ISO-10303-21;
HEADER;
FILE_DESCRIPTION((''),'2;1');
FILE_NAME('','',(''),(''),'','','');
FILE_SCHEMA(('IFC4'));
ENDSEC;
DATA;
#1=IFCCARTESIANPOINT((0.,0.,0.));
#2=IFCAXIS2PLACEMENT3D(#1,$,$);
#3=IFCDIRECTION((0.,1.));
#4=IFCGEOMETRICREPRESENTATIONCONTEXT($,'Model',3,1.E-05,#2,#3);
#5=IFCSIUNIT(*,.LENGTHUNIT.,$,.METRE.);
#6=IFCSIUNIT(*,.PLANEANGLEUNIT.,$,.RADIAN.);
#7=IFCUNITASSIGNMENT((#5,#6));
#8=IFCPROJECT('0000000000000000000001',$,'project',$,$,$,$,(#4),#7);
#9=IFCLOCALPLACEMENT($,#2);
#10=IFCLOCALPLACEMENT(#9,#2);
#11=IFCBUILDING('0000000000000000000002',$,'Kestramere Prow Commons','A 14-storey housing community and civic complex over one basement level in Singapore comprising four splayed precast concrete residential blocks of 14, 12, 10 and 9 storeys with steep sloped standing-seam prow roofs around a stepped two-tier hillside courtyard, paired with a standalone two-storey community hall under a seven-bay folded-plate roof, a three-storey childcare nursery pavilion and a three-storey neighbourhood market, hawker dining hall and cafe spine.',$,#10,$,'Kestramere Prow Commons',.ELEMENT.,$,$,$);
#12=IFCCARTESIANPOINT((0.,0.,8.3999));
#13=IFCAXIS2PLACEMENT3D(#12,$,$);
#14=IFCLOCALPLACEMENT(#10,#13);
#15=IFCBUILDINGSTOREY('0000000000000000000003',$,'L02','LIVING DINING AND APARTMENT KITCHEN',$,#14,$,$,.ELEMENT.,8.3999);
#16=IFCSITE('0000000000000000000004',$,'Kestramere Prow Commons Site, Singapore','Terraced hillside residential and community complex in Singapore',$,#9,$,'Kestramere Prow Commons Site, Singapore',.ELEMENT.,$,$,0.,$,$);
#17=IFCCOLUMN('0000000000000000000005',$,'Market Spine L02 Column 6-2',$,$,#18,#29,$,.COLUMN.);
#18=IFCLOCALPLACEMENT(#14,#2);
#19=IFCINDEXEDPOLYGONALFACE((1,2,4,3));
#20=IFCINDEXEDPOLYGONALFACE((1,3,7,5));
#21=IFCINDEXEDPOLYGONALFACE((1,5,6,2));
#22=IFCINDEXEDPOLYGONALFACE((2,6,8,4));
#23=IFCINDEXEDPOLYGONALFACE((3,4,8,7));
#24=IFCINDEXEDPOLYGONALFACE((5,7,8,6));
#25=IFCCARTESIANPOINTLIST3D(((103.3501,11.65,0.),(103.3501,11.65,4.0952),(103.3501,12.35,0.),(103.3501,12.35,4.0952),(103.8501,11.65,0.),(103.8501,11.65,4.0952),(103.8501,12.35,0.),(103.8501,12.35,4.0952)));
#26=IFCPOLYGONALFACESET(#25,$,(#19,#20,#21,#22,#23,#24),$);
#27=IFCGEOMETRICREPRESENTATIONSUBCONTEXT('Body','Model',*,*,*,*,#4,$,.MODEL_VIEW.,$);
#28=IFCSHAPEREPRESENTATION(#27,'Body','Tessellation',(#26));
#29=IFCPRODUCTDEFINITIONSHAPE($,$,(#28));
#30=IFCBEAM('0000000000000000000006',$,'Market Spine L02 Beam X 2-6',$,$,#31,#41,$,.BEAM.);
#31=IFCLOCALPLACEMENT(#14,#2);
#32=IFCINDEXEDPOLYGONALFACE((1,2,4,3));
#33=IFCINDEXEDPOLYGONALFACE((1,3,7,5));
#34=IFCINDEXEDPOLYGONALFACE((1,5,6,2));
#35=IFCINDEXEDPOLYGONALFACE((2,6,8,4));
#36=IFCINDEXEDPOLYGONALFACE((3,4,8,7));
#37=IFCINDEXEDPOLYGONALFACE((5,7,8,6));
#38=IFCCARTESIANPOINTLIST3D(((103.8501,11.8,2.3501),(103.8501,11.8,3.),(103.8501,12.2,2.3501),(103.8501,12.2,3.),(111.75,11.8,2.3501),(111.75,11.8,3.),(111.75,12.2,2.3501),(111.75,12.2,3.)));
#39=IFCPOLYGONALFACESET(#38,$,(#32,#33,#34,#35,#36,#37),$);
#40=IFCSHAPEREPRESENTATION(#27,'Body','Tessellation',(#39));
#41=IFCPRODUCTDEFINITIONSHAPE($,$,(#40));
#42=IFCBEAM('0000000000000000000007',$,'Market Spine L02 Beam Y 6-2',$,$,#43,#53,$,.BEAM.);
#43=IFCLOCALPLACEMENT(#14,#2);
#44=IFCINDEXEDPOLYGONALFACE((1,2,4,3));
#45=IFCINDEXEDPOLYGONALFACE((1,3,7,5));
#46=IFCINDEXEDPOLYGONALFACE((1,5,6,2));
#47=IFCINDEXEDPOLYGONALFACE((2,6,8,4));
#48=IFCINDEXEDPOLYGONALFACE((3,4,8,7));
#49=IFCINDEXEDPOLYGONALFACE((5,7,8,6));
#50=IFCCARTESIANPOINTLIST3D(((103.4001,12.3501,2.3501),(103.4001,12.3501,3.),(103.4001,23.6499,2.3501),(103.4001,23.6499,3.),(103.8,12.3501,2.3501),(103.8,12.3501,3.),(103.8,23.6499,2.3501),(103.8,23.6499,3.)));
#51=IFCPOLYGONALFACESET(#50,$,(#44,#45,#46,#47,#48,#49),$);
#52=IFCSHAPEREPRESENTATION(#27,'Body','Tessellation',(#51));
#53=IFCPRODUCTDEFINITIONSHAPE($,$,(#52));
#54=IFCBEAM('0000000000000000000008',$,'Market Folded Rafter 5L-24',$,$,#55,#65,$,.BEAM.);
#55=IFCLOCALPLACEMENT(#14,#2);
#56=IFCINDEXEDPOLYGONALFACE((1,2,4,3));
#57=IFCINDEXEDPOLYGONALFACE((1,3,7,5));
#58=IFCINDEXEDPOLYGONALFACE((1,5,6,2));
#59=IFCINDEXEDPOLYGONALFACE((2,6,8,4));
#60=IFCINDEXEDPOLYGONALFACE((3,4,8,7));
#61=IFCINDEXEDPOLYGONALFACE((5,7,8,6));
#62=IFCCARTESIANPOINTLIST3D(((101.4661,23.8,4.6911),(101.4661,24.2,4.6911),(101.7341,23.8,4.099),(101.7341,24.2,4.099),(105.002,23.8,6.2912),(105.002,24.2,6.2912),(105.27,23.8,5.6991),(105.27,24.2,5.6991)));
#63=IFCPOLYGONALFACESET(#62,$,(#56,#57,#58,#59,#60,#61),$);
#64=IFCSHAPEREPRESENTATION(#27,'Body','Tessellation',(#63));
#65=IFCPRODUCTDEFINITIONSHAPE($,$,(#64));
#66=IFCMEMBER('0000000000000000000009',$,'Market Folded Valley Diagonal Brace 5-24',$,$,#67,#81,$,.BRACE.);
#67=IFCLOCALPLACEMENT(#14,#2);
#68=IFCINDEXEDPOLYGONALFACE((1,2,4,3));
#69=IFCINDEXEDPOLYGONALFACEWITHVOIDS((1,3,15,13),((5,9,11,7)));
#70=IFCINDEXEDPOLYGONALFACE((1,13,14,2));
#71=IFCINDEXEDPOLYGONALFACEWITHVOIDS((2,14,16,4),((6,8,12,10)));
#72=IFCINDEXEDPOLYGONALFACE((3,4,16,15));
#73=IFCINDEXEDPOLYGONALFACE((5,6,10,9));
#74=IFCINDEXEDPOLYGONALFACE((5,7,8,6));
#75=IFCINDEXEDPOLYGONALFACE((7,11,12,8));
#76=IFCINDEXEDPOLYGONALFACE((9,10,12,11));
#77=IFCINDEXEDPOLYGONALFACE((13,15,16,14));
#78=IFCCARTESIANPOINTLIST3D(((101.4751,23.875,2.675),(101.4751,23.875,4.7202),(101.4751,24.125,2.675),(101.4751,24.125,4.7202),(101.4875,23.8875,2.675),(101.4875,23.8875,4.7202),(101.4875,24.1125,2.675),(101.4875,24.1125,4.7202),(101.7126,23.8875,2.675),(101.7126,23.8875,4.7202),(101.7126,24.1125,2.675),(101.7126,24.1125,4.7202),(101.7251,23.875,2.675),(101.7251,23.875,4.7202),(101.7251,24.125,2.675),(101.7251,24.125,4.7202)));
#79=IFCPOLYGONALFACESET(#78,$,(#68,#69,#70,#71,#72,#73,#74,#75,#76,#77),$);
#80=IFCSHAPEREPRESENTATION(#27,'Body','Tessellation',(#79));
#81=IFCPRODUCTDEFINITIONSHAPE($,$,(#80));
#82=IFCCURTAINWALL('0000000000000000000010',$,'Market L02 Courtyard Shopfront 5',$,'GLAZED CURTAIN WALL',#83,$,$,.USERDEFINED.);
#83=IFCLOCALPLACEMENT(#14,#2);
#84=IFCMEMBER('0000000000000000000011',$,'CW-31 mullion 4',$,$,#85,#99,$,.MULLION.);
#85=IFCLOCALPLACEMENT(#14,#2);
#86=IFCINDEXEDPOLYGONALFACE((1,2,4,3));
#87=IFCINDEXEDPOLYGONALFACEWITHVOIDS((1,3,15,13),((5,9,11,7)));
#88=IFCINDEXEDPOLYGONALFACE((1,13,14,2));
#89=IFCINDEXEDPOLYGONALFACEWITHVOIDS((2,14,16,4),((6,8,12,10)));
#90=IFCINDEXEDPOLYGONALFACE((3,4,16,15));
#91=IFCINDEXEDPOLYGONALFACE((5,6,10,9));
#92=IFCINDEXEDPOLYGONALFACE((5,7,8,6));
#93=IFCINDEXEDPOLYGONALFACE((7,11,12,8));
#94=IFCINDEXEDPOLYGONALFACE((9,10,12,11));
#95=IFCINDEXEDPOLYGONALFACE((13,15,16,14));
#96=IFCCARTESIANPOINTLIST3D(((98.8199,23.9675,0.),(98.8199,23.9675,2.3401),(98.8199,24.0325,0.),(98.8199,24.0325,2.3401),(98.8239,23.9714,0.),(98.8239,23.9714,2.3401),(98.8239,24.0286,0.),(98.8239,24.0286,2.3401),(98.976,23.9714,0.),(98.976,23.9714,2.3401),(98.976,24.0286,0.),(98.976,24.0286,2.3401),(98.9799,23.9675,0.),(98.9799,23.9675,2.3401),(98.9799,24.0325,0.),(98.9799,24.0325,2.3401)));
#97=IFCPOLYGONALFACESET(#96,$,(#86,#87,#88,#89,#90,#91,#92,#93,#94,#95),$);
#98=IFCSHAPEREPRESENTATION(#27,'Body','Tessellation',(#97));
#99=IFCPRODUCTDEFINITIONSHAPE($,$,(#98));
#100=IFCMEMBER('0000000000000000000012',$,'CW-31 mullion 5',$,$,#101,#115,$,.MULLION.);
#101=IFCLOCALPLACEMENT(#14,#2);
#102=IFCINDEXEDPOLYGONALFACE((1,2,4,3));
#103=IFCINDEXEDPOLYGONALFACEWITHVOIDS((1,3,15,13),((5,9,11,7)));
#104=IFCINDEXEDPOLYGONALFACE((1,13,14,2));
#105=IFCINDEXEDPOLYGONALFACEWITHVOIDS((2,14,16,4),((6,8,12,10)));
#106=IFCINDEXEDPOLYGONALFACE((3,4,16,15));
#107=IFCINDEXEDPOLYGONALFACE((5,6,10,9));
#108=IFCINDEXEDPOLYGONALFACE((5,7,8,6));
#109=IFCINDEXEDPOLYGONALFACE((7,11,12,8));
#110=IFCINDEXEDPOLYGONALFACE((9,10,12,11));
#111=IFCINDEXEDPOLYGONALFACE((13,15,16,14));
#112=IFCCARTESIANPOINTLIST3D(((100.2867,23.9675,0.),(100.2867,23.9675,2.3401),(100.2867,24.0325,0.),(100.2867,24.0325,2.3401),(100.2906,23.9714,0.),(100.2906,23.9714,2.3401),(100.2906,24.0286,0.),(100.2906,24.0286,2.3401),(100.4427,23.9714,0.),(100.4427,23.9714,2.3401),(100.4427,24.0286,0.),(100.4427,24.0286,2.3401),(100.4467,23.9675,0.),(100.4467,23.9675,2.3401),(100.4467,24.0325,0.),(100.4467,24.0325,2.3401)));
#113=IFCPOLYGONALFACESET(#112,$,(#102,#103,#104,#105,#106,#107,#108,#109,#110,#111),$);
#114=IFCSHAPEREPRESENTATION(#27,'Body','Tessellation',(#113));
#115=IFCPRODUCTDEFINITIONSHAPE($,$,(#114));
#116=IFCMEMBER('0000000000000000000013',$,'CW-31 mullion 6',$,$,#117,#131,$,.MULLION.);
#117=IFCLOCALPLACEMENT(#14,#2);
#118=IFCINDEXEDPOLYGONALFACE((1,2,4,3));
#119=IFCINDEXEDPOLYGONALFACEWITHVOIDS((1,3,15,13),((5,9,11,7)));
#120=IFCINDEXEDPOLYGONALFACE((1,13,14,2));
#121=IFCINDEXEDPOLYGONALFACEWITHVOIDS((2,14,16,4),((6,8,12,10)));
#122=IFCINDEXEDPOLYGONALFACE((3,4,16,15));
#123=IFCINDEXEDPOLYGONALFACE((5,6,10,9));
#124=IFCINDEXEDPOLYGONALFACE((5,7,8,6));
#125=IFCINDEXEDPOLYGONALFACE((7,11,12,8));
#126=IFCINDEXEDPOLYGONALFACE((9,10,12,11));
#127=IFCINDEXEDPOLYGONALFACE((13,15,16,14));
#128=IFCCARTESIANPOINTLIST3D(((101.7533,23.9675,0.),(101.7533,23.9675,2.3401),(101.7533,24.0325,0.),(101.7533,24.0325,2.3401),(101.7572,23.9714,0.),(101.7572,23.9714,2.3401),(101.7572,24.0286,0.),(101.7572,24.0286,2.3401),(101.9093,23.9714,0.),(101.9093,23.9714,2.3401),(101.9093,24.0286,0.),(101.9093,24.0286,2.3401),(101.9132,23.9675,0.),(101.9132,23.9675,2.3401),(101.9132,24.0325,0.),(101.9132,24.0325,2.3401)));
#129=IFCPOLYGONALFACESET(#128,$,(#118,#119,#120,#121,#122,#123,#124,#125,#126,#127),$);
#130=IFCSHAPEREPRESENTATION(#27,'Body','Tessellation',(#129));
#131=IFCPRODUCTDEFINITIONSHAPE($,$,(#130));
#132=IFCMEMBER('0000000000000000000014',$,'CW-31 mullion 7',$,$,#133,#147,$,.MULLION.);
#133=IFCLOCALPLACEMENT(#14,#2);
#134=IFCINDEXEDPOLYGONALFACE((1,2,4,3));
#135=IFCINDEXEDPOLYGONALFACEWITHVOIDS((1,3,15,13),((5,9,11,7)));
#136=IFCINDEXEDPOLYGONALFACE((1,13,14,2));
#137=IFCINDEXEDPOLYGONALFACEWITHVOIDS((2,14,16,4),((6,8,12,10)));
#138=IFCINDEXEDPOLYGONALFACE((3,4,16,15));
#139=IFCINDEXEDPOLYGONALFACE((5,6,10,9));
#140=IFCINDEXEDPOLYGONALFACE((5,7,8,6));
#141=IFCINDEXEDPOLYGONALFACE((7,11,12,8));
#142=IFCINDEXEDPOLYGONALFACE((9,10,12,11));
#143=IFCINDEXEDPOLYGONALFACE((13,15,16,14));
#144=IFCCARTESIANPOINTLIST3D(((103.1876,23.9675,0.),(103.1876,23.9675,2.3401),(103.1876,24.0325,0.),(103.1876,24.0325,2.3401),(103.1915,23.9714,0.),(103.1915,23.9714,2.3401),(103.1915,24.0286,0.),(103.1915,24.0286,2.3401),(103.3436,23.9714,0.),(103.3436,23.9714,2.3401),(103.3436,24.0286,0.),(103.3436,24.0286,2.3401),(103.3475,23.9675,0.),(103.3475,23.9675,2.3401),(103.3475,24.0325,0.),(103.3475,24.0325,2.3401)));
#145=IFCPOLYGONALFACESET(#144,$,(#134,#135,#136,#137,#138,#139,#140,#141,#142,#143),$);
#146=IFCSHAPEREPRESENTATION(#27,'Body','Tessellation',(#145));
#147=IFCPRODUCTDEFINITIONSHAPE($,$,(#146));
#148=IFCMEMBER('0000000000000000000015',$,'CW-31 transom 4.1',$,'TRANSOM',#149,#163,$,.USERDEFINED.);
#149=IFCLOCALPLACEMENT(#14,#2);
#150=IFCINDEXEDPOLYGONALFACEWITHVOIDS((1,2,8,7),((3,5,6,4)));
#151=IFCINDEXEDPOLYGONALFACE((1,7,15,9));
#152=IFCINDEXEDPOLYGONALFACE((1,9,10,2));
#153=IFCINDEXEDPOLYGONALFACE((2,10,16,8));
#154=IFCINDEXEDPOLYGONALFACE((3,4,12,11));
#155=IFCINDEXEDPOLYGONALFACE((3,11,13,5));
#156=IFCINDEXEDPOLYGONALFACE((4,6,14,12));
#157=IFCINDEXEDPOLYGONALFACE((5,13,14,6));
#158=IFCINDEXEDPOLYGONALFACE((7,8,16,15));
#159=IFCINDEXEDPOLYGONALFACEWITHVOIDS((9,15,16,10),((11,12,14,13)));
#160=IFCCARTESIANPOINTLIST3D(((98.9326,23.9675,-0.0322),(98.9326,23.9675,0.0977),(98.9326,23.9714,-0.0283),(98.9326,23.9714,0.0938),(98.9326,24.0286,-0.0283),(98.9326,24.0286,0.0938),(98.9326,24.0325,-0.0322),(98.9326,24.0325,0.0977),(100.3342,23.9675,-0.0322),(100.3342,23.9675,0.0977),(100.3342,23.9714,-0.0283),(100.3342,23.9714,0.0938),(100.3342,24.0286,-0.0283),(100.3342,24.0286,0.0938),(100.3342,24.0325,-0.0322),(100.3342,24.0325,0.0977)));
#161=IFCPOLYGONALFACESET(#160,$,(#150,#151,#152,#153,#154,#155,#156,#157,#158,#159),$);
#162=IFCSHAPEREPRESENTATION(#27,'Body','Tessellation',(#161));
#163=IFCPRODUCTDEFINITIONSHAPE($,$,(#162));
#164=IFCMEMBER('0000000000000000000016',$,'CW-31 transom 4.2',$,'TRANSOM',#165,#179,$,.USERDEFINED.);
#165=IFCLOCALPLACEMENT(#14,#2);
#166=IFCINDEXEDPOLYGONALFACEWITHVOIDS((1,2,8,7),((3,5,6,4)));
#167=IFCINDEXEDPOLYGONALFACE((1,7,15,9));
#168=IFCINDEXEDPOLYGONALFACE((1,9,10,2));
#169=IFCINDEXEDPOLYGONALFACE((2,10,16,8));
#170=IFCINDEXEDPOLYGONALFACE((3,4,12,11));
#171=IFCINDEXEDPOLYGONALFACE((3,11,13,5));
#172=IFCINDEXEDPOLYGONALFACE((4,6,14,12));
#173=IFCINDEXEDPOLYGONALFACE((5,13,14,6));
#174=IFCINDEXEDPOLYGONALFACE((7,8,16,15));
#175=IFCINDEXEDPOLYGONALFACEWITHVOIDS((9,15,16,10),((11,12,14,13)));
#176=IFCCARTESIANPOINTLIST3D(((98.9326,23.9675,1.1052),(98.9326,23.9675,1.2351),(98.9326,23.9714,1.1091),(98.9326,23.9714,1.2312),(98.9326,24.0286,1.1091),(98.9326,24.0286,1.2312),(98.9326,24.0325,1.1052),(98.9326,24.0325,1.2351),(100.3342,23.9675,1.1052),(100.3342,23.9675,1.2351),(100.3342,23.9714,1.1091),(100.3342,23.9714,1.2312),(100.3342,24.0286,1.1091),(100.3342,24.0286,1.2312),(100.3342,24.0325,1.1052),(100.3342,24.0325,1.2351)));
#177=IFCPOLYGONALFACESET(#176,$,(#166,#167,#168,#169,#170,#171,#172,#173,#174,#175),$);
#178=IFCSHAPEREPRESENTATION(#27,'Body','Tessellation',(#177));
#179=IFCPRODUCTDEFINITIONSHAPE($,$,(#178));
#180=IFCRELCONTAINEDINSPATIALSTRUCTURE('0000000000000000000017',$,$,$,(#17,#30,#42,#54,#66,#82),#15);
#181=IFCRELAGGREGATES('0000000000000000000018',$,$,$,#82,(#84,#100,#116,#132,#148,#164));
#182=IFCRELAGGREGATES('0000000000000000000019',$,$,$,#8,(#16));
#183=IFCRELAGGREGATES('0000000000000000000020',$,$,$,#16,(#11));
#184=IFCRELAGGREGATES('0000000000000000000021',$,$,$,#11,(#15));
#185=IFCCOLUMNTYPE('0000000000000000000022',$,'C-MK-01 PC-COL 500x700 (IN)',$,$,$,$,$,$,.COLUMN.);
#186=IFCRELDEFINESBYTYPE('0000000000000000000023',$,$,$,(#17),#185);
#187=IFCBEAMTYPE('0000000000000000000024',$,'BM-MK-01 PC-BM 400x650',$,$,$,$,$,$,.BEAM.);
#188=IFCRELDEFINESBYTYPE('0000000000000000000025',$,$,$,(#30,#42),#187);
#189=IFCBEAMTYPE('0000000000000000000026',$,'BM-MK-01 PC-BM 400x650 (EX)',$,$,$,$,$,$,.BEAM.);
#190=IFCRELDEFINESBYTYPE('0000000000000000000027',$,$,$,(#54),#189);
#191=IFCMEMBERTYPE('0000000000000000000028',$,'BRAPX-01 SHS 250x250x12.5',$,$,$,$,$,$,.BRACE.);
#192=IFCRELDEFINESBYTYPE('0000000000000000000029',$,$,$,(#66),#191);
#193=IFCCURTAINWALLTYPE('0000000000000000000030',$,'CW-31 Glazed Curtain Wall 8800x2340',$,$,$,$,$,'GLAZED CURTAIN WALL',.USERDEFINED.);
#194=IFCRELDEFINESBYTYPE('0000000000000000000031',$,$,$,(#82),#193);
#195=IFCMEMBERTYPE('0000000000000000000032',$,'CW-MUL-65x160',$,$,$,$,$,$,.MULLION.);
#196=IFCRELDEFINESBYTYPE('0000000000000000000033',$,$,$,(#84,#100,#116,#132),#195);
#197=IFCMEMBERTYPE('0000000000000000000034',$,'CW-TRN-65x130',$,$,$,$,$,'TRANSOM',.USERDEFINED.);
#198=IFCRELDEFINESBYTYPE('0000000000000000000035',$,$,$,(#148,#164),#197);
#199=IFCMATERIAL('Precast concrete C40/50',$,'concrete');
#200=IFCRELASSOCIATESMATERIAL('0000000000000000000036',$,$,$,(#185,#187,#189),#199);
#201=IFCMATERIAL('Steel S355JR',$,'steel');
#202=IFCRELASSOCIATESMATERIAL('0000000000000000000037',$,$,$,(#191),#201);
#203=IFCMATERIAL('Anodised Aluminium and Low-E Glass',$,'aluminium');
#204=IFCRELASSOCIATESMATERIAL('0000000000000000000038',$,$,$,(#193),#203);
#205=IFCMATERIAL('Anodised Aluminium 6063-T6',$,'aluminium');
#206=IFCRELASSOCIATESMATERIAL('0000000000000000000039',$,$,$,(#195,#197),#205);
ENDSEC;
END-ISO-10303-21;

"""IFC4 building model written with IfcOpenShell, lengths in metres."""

from ifc_helpers import new_model, si_unit, direction, frame, origin, origin_2d, place, context, subcontext, project, spatial, rectangle, hollow_rectangle, extrude, material, material_profile, profile_set, type_object, element, aggregate, save


model = new_model("IFC4")

# Units and contexts
model_context = context("Model", 3, precision=1e-05, world=origin(), true_north=direction((0.0, 1.0)))
body_context = subcontext(model_context, "Body", "Model", "MODEL_VIEW")
ifc_project = project(units=[si_unit("LENGTHUNIT", "METRE"), si_unit("PLANEANGLEUNIT", "RADIAN")], contexts=[model_context])

# Site, building, storey
site_placement = place(None, origin())
site = spatial("IfcSite", under=ifc_project, at=site_placement, Name="Kestramere Prow Commons Site, Singapore", Description="Terraced hillside residential and community complex in Singapore", LongName="Kestramere Prow Commons Site, Singapore", CompositionType="ELEMENT", RefElevation=0.0)
building_placement = place(site_placement, origin())
building = spatial("IfcBuilding", under=site, at=building_placement, Name="Kestramere Prow Commons", Description="A 14-storey housing community and civic complex over one basement level in Singapore comprising four splayed precast concrete residential blocks of 14, 12, 10 and 9 storeys with steep sloped standing-seam prow roofs around a stepped two-tier hillside courtyard, paired with a standalone two-storey community hall under a seven-bay folded-plate roof, a three-storey childcare nursery pavilion and a three-storey neighbourhood market, hawker dining hall and cafe spine.", LongName="Kestramere Prow Commons", CompositionType="ELEMENT")
storey_placement = place(building_placement, frame((0.0, 0.0, 8.3999)))
storey = spatial("IfcBuildingStorey", under=building, at=storey_placement, Name="L02", Description="LIVING DINING AND APARTMENT KITCHEN", CompositionType="ELEMENT", Elevation=8.3999)

# Column
ifc_material_1 = material(Name="Precast concrete C40/50", Category="concrete")
ifc_material_profile_1 = material_profile(ifc_material_1, rectangle(XDim=0.5, YDim=0.7, at=origin_2d()), Name="PC-COL 500x700")
ifc_profile_set_1 = profile_set([ifc_material_profile_1], Name="Precast concrete C40/50")
column_type = type_object("IfcColumnType", Name="C-MK-01 PC-COL 500x700 (IN)", PredefinedType="COLUMN", material=ifc_profile_set_1)
column_placement = place(storey_placement, frame((103.6001, 12.0, 0.0), z_axis=(0.0, 0.0, 1.0), x_axis=(1.0, 0.0, 0.0)))
element("IfcColumn", 1, at=column_placement, inside=storey, type_object=column_type, Name="Market Spine L02 Column 6-2", PredefinedType="COLUMN", context=body_context, shape_type="SweptSolid", body=[
    extrude(rectangle(XDim=0.5, YDim=0.7, at=origin_2d()), origin(), (0.0, 0.0, 1.0), 4.0952),
])

# Beams
ifc_material_profile_2 = material_profile(ifc_material_1, rectangle(XDim=0.3999, YDim=0.6499, at=origin_2d()), Name="PC-BM 400x650")
ifc_profile_set_2 = profile_set([ifc_material_profile_2], Name="Precast concrete C40/50")
beam_type_1 = type_object("IfcBeamType", Name="BM-MK-01 PC-BM 400x650", PredefinedType="BEAM", material=ifc_profile_set_2)
beam_1_placement = place(storey_placement, frame((103.8501, 12.0, 2.675), z_axis=(1.0, 0.0, 0.0), x_axis=(0.0, 1.0, 0.0)))
element("IfcBeam", 2, at=beam_1_placement, inside=storey, type_object=beam_type_1, Name="Market Spine L02 Beam X 2-6", PredefinedType="BEAM", context=body_context, shape_type="SweptSolid", body=[
    extrude(rectangle(XDim=0.3999, YDim=0.6499, at=origin_2d()), origin(), (0.0, 0.0, 1.0), 7.8999),
])
beam_2_placement = place(storey_placement, frame((103.6001, 12.3501, 2.675), z_axis=(0.0, 1.0, 0.0), x_axis=(-1.0, 0.0, 0.0)))
element("IfcBeam", 3, at=beam_2_placement, inside=storey, type_object=beam_type_1, Name="Market Spine L02 Beam Y 6-2", PredefinedType="BEAM", context=body_context, shape_type="SweptSolid", body=[
    extrude(rectangle(XDim=0.3999, YDim=0.6499, at=origin_2d()), origin(), (0.0, 0.0, 1.0), 11.2998),
])
ifc_material_profile_3 = material_profile(ifc_material_1, rectangle(XDim=0.3999, YDim=0.6499, at=origin_2d()), Name="PC-BM 400x650")
ifc_profile_set_3 = profile_set([ifc_material_profile_3], Name="Precast concrete C40/50")
beam_type_2 = type_object("IfcBeamType", Name="BM-MK-01 PC-BM 400x650 (EX)", PredefinedType="BEAM", material=ifc_profile_set_3)
beam_3_placement = place(storey_placement, frame((101.6001, 24.0, 4.395), z_axis=(0.911057, 0.0, 0.412281), x_axis=(0.0, 1.0, 0.0)))
element("IfcBeam", 4, at=beam_3_placement, inside=storey, type_object=beam_type_2, Name="Market Folded Rafter 5L-24", PredefinedType="BEAM", context=body_context, shape_type="SweptSolid", body=[
    extrude(rectangle(XDim=0.3999, YDim=0.6499, at=origin_2d()), origin(), (0.0, 0.0, 1.0), 3.8811),
])

# Member
ifc_material_2 = material(Name="Steel S355JR", Category="steel")
ifc_material_profile_4 = material_profile(ifc_material_2, hollow_rectangle(XDim=0.25, YDim=0.25, WallThickness=0.0125, at=origin_2d()), Name="SHS 250x250x12.5")
ifc_profile_set_4 = profile_set([ifc_material_profile_4], Name="Steel S355JR")
member_type_1 = type_object("IfcMemberType", Name="BRAPX-01 SHS 250x250x12.5", PredefinedType="BRACE", material=ifc_profile_set_4)
member_1_placement = place(storey_placement, frame((101.6001, 24.0, 2.675), z_axis=(0.0, 0.0, 1.0), x_axis=(1.0, 0.0, 0.0)))
element("IfcMember", 5, at=member_1_placement, inside=storey, type_object=member_type_1, Name="Market Folded Valley Diagonal Brace 5-24", PredefinedType="BRACE", context=body_context, shape_type="SweptSolid", body=[
    extrude(hollow_rectangle(XDim=0.25, YDim=0.25, WallThickness=0.0125, at=origin_2d()), origin(), (0.0, 0.0, 1.0), 2.0452),
])

# Curtain wall, members
ifc_material_3 = material(Name="Anodised Aluminium and Low-E Glass", Category="aluminium")
curtain_wall_type = type_object("IfcCurtainWallType", Name="CW-31 Glazed Curtain Wall 8800x2340", ElementType="GLAZED CURTAIN WALL", PredefinedType="USERDEFINED", material=ifc_material_3)
curtain_wall_placement = place(storey_placement, origin())
curtain_wall = element("IfcCurtainWall", 6, at=curtain_wall_placement, inside=storey, type_object=curtain_wall_type, Name="Market L02 Courtyard Shopfront 5", ObjectType="GLAZED CURTAIN WALL", PredefinedType="USERDEFINED")
ifc_material_4 = material(Name="Anodised Aluminium 6063-T6", Category="aluminium")
ifc_material_profile_5 = material_profile(ifc_material_4, hollow_rectangle(XDim=0.0649, YDim=0.1599, WallThickness=0.0039, at=origin_2d()), Name="ALU-MUL 65x160")
ifc_profile_set_5 = profile_set([ifc_material_profile_5], Name="Anodised Aluminium 6063-T6")
member_type_2 = type_object("IfcMemberType", Name="CW-MUL-65x160", PredefinedType="MULLION", material=ifc_profile_set_5)
member_2_placement = place(storey_placement, frame((98.8999, 24.0, 0.0), z_axis=(0.0, 0.0, 1.0), x_axis=(0.0, 1.0, 0.0)))
member_2 = element("IfcMember", 7, at=member_2_placement, type_object=member_type_2, Name="CW-31 mullion 4", PredefinedType="MULLION", context=body_context, shape_type="SweptSolid", body=[
    extrude(hollow_rectangle(XDim=0.0649, YDim=0.1599, WallThickness=0.0039, at=origin_2d()), origin(), (0.0, 0.0, 1.0), 2.3401),
])
member_3_placement = place(storey_placement, frame((100.3667, 24.0, 0.0), z_axis=(0.0, 0.0, 1.0), x_axis=(0.0, 1.0, 0.0)))
member_3 = element("IfcMember", 8, at=member_3_placement, type_object=member_type_2, Name="CW-31 mullion 5", PredefinedType="MULLION", context=body_context, shape_type="SweptSolid", body=[
    extrude(hollow_rectangle(XDim=0.0649, YDim=0.1599, WallThickness=0.0039, at=origin_2d()), origin(), (0.0, 0.0, 1.0), 2.3401),
])
member_4_placement = place(storey_placement, frame((101.8333, 24.0, 0.0), z_axis=(0.0, 0.0, 1.0), x_axis=(0.0, 1.0, 0.0)))
member_4 = element("IfcMember", 9, at=member_4_placement, type_object=member_type_2, Name="CW-31 mullion 6", PredefinedType="MULLION", context=body_context, shape_type="SweptSolid", body=[
    extrude(hollow_rectangle(XDim=0.0649, YDim=0.1599, WallThickness=0.0039, at=origin_2d()), origin(), (0.0, 0.0, 1.0), 2.3401),
])
member_5_placement = place(storey_placement, frame((103.2676, 24.0, 0.0), z_axis=(0.0, 0.0, 1.0), x_axis=(0.0, 1.0, 0.0)))
member_5 = element("IfcMember", 10, at=member_5_placement, type_object=member_type_2, Name="CW-31 mullion 7", PredefinedType="MULLION", context=body_context, shape_type="SweptSolid", body=[
    extrude(hollow_rectangle(XDim=0.0649, YDim=0.1599, WallThickness=0.0039, at=origin_2d()), origin(), (0.0, 0.0, 1.0), 2.3401),
])
ifc_material_profile_6 = material_profile(ifc_material_4, hollow_rectangle(XDim=0.0649, YDim=0.1299, WallThickness=0.0039, at=origin_2d()), Name="ALU-TRN 65x130")
ifc_profile_set_6 = profile_set([ifc_material_profile_6], Name="Anodised Aluminium 6063-T6")
member_type_3 = type_object("IfcMemberType", Name="CW-TRN-65x130", ElementType="TRANSOM", PredefinedType="USERDEFINED", material=ifc_profile_set_6)
member_6_placement = place(storey_placement, frame((98.9326, 24.0, 0.0327), z_axis=(1.0, 0.0, 0.0), x_axis=(0.0, 1.0, 0.0)))
member_6 = element("IfcMember", 11, at=member_6_placement, type_object=member_type_3, Name="CW-31 transom 4.1", ObjectType="TRANSOM", PredefinedType="USERDEFINED", context=body_context, shape_type="SweptSolid", body=[
    extrude(hollow_rectangle(XDim=0.0649, YDim=0.1299, WallThickness=0.0039, at=origin_2d()), origin(), (0.0, 0.0, 1.0), 1.4016),
])
member_7_placement = place(storey_placement, frame((98.9326, 24.0, 1.1702), z_axis=(1.0, 0.0, 0.0), x_axis=(0.0, 1.0, 0.0)))
member_7 = element("IfcMember", 12, at=member_7_placement, type_object=member_type_3, Name="CW-31 transom 4.2", ObjectType="TRANSOM", PredefinedType="USERDEFINED", context=body_context, shape_type="SweptSolid", body=[
    extrude(hollow_rectangle(XDim=0.0649, YDim=0.1299, WallThickness=0.0039, at=origin_2d()), origin(), (0.0, 0.0, 1.0), 1.4016),
])
aggregate(curtain_wall, [member_2, member_3, member_4, member_5, member_6, member_7])

save(model, "model.ifc")
